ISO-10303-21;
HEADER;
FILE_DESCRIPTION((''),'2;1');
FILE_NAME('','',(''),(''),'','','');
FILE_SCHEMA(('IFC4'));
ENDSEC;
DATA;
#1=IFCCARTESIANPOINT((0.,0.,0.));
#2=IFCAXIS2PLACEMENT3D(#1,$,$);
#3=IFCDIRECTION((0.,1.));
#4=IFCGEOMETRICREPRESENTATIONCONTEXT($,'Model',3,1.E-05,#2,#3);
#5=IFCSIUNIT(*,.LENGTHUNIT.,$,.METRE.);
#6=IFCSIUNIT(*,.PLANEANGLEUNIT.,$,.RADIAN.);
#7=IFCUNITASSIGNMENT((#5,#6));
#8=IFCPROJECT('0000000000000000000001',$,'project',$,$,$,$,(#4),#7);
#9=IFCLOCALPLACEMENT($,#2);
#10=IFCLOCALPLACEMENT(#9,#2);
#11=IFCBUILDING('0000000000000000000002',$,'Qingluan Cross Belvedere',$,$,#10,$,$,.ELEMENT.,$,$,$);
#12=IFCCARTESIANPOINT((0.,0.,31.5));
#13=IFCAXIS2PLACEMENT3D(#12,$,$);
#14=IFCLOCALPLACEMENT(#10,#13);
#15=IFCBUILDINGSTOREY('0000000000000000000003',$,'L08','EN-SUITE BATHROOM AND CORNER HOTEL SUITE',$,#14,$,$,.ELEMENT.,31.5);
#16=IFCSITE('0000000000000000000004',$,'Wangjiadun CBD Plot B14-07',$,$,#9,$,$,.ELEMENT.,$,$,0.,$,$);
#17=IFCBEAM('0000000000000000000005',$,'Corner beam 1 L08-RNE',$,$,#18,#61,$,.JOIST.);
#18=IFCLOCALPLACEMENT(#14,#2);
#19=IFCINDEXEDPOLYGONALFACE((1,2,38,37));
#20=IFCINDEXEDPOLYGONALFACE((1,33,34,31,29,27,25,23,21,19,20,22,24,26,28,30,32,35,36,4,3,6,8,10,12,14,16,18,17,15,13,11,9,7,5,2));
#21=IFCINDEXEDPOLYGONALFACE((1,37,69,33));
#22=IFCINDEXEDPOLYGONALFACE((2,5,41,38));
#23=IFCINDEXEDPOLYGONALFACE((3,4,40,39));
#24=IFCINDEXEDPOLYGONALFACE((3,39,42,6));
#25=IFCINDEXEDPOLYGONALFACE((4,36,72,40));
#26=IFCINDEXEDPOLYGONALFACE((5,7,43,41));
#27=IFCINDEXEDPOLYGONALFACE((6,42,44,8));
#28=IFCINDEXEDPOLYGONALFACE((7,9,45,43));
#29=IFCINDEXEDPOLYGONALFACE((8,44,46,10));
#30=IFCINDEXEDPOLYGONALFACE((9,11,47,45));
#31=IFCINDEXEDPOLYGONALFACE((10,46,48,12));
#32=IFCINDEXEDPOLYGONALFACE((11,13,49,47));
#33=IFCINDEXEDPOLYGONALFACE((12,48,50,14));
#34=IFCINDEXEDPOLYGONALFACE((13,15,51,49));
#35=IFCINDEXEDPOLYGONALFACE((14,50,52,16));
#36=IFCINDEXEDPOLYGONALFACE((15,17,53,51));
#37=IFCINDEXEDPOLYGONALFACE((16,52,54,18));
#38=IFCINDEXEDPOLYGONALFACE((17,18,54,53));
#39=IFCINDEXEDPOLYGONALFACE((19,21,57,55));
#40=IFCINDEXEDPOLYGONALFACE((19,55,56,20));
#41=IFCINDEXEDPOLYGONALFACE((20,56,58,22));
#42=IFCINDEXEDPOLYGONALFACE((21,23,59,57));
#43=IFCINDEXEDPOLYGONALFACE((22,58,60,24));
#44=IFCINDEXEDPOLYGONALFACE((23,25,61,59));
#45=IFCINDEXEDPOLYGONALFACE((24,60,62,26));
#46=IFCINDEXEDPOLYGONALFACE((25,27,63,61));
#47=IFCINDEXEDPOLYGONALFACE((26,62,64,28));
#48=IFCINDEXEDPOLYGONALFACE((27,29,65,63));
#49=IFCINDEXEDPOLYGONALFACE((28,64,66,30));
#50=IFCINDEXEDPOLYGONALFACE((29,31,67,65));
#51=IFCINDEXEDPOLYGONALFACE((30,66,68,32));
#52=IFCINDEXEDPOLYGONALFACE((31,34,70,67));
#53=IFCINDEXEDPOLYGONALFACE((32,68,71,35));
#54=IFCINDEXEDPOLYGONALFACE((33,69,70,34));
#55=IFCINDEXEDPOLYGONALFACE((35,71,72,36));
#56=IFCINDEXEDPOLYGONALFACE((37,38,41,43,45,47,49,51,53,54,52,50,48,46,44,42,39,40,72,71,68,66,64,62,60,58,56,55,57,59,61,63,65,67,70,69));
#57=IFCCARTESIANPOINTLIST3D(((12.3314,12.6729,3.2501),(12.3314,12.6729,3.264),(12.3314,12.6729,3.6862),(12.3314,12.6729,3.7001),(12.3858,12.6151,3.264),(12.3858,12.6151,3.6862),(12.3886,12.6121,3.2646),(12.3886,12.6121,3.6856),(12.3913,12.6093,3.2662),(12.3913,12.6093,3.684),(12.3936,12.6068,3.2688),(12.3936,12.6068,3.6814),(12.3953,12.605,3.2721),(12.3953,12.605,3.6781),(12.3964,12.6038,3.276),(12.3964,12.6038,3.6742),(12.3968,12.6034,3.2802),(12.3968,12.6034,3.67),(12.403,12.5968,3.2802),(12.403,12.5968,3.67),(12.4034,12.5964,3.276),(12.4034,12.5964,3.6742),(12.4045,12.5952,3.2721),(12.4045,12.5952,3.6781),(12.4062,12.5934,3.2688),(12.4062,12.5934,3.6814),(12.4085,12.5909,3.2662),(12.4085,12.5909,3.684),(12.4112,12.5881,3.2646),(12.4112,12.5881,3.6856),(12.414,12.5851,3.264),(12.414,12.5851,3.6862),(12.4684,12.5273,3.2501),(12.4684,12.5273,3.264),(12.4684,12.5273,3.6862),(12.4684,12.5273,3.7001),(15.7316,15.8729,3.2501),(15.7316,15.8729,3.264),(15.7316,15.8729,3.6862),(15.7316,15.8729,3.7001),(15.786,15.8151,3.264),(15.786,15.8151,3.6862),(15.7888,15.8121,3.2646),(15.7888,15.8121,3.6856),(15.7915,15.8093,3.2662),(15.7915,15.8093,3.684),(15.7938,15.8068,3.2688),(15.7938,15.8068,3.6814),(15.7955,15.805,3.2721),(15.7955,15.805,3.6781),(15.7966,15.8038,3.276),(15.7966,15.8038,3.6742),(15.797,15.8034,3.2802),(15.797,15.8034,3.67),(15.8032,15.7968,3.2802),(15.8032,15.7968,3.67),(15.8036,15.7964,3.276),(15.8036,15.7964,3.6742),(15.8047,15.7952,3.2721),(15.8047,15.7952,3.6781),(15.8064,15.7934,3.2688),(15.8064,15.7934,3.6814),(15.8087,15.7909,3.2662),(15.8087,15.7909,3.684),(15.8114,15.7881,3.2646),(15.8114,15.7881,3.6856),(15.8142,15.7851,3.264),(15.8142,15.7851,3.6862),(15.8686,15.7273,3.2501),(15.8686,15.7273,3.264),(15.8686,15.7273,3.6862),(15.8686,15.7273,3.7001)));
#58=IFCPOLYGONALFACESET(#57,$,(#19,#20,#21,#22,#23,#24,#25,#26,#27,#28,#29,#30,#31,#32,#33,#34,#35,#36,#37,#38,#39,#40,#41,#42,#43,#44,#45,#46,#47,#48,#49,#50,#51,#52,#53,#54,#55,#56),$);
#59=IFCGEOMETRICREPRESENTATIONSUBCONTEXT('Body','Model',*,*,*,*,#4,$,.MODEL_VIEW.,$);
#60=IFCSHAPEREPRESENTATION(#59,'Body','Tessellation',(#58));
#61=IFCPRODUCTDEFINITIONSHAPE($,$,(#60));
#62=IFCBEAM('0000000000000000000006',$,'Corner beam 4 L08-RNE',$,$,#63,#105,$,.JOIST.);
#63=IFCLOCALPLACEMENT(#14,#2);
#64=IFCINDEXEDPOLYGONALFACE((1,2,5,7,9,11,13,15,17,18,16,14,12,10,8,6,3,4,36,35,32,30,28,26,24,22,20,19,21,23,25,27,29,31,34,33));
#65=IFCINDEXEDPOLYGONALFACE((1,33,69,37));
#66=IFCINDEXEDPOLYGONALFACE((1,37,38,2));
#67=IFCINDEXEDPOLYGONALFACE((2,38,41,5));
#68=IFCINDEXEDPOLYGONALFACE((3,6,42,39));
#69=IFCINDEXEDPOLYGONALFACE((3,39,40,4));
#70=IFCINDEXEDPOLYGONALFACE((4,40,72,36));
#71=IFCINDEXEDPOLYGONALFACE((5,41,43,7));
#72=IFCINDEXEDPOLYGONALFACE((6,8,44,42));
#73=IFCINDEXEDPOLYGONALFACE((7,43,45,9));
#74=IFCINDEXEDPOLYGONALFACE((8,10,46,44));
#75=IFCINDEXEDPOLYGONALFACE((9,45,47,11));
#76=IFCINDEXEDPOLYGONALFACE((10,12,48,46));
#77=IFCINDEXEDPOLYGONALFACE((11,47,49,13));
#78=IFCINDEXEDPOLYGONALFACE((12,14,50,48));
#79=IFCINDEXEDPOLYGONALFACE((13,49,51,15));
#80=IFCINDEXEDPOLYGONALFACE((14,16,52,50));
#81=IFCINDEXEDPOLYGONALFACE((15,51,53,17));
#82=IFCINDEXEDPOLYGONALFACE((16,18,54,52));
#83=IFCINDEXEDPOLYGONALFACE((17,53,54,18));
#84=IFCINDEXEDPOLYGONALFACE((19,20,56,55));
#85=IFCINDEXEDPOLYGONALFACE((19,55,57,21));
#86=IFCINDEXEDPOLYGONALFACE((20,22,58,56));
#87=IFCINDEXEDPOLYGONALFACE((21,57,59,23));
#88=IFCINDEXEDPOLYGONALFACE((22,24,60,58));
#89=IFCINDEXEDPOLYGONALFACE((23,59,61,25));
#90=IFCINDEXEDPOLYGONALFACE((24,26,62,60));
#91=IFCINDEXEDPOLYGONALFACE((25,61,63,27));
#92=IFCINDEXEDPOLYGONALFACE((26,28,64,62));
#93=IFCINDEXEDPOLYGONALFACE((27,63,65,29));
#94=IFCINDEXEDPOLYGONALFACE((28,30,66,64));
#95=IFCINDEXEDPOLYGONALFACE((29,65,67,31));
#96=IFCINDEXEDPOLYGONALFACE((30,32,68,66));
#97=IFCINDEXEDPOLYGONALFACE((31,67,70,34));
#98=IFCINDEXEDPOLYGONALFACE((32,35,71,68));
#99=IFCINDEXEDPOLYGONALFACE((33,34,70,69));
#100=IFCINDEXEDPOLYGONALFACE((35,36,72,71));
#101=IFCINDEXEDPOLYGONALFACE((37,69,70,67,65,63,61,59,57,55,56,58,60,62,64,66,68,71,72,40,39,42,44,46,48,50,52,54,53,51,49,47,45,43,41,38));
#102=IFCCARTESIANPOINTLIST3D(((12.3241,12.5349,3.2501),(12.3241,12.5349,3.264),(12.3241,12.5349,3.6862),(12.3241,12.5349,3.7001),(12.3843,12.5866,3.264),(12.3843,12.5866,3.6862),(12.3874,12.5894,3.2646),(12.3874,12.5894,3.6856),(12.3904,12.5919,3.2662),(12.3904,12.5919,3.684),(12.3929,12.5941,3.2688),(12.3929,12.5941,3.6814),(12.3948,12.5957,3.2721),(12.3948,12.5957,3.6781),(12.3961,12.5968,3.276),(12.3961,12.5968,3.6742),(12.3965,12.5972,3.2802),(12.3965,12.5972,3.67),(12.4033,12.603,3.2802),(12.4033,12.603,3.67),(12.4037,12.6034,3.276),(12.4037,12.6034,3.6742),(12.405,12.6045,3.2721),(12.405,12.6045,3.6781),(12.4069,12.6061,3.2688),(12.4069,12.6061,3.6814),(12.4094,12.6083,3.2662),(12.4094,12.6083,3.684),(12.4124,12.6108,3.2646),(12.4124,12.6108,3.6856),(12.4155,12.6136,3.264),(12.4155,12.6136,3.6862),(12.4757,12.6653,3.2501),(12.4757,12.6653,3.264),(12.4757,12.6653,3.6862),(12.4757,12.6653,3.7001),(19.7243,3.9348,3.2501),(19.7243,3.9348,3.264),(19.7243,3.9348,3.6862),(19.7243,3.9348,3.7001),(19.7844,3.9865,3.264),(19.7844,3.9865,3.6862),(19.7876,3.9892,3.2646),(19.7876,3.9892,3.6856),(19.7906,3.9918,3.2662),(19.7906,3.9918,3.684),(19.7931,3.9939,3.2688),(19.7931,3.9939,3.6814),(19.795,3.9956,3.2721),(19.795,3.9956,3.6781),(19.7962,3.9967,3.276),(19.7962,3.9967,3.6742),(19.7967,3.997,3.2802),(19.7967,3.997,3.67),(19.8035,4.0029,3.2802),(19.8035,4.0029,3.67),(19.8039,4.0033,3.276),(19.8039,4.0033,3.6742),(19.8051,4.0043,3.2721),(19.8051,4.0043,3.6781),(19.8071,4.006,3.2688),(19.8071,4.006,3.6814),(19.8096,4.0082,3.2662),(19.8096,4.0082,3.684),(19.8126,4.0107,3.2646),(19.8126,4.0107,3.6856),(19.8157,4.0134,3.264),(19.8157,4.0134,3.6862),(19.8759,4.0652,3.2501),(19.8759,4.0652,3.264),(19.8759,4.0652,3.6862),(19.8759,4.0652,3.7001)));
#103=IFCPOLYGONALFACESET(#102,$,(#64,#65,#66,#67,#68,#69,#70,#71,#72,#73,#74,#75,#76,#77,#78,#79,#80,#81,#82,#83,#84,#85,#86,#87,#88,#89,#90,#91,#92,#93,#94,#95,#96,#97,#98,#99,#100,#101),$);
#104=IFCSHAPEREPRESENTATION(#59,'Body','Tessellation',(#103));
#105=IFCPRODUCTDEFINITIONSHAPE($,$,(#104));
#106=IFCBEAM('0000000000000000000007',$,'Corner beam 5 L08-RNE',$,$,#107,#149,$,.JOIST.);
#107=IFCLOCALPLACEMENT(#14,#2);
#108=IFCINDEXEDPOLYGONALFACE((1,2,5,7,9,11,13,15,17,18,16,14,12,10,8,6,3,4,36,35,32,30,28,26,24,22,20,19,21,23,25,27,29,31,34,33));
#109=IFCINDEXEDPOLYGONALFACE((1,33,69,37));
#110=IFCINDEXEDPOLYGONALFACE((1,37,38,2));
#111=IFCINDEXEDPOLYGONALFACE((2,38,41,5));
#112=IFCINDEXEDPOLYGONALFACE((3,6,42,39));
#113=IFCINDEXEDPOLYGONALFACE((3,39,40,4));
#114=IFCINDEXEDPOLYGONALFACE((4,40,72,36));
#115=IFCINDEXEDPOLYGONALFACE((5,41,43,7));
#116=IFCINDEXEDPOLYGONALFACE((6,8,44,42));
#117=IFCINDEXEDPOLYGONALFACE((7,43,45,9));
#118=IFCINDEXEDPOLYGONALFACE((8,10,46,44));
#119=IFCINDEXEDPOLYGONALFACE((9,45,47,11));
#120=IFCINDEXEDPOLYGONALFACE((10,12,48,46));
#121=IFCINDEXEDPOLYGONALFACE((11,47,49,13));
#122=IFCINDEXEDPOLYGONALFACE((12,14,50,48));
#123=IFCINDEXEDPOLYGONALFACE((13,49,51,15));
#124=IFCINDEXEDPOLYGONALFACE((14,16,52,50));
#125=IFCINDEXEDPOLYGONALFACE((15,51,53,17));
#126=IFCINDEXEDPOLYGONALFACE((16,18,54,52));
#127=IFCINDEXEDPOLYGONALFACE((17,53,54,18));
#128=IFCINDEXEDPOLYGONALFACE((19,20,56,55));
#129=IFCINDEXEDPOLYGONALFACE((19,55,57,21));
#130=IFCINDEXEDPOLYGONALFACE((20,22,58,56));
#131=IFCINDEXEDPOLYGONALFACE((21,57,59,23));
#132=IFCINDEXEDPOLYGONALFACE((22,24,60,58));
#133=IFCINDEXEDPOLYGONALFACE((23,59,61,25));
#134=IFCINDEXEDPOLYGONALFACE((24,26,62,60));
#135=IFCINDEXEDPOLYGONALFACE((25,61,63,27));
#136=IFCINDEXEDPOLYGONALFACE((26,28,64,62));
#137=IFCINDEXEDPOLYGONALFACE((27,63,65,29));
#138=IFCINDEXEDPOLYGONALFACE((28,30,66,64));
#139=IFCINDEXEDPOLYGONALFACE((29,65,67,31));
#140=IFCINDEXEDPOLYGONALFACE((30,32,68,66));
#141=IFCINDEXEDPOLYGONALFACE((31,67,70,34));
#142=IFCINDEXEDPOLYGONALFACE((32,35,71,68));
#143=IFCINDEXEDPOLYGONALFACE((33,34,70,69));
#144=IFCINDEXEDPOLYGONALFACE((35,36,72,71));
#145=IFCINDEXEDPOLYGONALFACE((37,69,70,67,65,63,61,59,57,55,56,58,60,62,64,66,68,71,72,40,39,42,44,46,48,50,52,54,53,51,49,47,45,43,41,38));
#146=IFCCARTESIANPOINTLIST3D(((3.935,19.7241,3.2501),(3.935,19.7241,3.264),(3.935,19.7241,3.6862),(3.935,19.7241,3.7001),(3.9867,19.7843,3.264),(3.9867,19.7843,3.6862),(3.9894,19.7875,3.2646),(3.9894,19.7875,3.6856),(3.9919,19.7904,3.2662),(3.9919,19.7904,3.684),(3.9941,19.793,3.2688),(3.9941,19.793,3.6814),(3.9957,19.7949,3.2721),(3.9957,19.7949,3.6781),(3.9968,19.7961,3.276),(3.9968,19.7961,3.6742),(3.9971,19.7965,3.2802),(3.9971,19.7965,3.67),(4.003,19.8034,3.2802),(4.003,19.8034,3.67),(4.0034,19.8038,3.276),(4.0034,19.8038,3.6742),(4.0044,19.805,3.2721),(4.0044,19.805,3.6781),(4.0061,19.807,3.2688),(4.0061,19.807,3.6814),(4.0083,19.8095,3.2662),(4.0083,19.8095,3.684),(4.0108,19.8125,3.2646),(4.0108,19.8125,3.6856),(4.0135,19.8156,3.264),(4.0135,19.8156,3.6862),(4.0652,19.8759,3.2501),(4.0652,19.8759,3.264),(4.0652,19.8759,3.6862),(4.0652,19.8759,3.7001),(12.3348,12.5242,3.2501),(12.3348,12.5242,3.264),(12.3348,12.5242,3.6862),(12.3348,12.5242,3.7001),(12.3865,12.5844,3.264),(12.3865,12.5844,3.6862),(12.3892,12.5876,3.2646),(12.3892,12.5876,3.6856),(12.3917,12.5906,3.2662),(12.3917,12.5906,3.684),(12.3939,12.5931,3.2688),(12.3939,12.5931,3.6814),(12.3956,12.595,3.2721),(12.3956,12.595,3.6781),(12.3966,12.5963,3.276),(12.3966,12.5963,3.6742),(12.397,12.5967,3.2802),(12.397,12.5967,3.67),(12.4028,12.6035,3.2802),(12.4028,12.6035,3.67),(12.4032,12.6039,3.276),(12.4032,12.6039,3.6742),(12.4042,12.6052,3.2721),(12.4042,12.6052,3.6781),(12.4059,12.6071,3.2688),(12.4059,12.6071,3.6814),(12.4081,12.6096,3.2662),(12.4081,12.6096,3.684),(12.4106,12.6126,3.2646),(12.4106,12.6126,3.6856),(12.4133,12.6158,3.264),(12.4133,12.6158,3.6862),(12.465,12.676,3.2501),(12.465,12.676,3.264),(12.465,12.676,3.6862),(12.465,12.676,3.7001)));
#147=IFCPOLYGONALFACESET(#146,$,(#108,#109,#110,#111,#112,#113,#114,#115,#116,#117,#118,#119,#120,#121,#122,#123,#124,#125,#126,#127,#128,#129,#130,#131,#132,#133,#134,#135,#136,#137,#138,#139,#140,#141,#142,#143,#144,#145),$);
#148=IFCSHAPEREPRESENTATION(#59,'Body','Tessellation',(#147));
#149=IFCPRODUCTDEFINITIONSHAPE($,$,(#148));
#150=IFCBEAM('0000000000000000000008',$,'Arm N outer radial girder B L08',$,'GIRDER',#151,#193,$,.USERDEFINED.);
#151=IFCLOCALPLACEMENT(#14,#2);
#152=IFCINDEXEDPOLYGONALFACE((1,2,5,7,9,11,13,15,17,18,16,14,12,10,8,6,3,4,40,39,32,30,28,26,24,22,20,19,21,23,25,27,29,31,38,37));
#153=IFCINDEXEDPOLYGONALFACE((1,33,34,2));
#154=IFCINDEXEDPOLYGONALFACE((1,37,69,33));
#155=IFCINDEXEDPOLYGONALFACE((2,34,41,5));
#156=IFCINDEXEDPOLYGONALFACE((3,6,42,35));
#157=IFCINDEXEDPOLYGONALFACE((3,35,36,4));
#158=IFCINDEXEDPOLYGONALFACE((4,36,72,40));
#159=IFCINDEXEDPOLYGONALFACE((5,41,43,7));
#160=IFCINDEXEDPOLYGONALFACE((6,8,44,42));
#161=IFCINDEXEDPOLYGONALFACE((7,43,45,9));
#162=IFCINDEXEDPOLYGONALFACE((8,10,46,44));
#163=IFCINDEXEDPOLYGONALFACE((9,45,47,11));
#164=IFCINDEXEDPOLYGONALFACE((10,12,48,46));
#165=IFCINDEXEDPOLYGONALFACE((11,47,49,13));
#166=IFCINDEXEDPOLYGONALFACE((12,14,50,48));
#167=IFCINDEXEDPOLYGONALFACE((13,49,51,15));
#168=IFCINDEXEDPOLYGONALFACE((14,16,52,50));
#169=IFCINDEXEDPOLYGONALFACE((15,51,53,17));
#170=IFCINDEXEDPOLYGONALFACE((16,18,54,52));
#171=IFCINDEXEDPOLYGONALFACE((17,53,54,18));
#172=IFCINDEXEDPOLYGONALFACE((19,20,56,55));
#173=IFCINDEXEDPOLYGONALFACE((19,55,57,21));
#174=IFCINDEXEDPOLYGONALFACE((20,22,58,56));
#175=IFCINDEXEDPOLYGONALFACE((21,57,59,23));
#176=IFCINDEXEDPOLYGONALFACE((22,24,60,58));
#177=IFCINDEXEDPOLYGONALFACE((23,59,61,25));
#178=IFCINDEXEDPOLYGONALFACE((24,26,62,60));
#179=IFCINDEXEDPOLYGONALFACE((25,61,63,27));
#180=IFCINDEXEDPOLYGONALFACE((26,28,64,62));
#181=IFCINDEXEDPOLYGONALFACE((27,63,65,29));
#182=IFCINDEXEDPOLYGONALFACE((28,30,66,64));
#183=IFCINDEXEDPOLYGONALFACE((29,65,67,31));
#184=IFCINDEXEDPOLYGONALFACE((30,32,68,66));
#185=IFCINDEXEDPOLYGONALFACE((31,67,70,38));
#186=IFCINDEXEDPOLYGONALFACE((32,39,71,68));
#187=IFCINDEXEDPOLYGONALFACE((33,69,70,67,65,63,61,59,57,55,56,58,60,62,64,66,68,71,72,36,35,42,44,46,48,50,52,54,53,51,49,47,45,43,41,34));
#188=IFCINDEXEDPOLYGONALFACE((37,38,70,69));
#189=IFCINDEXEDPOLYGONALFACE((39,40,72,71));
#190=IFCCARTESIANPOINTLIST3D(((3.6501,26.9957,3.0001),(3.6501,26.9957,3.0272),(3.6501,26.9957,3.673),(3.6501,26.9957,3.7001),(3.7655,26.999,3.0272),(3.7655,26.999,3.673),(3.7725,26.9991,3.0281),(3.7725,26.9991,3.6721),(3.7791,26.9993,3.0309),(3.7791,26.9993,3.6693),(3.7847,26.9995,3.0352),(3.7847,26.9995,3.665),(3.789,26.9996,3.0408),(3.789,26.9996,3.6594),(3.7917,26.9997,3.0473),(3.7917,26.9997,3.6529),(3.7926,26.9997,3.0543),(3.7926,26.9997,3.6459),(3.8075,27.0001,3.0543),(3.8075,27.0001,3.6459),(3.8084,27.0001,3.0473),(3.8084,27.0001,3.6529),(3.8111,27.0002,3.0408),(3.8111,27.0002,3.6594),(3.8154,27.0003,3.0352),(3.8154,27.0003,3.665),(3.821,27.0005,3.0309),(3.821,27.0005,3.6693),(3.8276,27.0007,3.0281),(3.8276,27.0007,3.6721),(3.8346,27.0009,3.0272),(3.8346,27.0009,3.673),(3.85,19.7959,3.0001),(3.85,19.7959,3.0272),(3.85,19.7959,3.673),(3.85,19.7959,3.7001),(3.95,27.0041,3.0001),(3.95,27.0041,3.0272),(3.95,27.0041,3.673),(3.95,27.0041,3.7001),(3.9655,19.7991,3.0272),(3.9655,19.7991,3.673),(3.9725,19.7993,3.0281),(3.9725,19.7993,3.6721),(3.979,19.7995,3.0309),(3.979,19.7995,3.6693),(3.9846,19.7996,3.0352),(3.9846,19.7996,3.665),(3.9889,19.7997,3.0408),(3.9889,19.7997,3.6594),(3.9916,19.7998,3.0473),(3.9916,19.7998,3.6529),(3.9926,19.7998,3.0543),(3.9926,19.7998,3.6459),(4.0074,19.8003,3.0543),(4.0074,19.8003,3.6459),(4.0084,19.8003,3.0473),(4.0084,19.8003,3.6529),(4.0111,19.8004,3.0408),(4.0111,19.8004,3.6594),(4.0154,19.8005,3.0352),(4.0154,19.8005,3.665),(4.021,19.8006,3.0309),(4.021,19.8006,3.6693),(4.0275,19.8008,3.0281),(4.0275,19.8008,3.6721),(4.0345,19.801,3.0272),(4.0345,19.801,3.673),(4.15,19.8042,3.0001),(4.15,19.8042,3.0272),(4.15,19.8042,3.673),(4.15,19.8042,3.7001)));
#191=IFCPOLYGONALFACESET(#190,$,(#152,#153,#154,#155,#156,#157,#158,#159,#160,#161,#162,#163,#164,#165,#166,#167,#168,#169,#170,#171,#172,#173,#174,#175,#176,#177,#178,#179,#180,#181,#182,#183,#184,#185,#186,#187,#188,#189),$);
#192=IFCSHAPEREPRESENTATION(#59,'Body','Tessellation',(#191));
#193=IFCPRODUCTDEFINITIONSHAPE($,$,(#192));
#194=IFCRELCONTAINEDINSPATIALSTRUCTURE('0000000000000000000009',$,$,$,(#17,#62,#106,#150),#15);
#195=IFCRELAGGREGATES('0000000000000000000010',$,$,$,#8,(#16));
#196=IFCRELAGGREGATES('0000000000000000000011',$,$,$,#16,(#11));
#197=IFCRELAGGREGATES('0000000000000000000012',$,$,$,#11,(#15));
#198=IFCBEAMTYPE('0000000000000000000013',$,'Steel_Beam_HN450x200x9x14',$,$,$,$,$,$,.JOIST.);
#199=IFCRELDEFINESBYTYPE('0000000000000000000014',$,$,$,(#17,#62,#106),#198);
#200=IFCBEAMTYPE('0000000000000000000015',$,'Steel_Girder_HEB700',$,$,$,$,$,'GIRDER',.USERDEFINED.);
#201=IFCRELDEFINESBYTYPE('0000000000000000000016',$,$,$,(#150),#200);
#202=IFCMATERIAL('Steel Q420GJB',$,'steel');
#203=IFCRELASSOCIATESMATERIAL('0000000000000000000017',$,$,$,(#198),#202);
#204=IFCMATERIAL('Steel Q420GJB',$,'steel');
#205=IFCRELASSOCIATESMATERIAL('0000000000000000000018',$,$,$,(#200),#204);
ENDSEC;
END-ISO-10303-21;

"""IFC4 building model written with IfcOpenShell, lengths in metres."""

from ifc_helpers import new_model, si_unit, direction, frame, origin, origin_2d, place, context, subcontext, project, spatial, i_section, extrude, material, material_profile, profile_set, type_object, element, save


model = new_model("IFC4")

# Units and contexts
model_context = context("Model", 3, precision=1e-05, world=origin(), true_north=direction((0.0, 1.0)))
body_context = subcontext(model_context, "Body", "Model", "MODEL_VIEW")
ifc_project = project(units=[si_unit("LENGTHUNIT", "METRE"), si_unit("PLANEANGLEUNIT", "RADIAN")], contexts=[model_context])

# Site, building, storey
site_placement = place(None, origin())
site = spatial("IfcSite", under=ifc_project, at=site_placement, Name="Wangjiadun CBD Plot B14-07", CompositionType="ELEMENT", RefElevation=0.0)
building_placement = place(site_placement, origin())
building = spatial("IfcBuilding", under=site, at=building_placement, Name="Qingluan Cross Belvedere", CompositionType="ELEMENT")
storey_placement = place(building_placement, frame((0.0, 0.0, 31.5)))
storey = spatial("IfcBuildingStorey", under=building, at=storey_placement, Name="L08", Description="EN-SUITE BATHROOM AND CORNER HOTEL SUITE", CompositionType="ELEMENT", Elevation=31.5)

# Beams
ifc_material_1 = material(Name="Steel Q420GJB", Category="steel")
ifc_material_profile_1 = material_profile(ifc_material_1, i_section(OverallWidth=0.2, OverallDepth=0.45, WebThickness=0.009, FlangeThickness=0.0139, FilletRadius=0.0161, at=origin_2d()), Name="HN450x200x9x14")
ifc_profile_set_1 = profile_set([ifc_material_profile_1], Name="Steel Q420GJB")
beam_type_1 = type_object("IfcBeamType", Name="Steel_Beam_HN450x200x9x14", PredefinedType="JOIST", material=ifc_profile_set_1)
beam_1_placement = place(storey_placement, frame((12.3999, 12.6001, 3.4751), z_axis=(0.72822, 0.685343, 0.0), x_axis=(-0.685343, 0.72822, 0.0)))
element("IfcBeam", 1, at=beam_1_placement, inside=storey, type_object=beam_type_1, Name="Corner beam 1 L08-RNE", PredefinedType="JOIST", context=body_context, shape_type="SweptSolid", body=[
    extrude(i_section(OverallWidth=0.2, OverallDepth=0.45, WebThickness=0.009, FlangeThickness=0.0139, FilletRadius=0.0161, at=origin_2d()), origin(), (0.0, 0.0, 1.0), 4.6692),
])
beam_2_placement = place(storey_placement, frame((12.3999, 12.6001, 3.4751), z_axis=(0.652245, -0.758008, 0.0), x_axis=(0.758008, 0.652245, 0.0)))
element("IfcBeam", 2, at=beam_2_placement, inside=storey, type_object=beam_type_1, Name="Corner beam 4 L08-RNE", PredefinedType="JOIST", context=body_context, shape_type="SweptSolid", body=[
    extrude(i_section(OverallWidth=0.2, OverallDepth=0.45, WebThickness=0.009, FlangeThickness=0.0139, FilletRadius=0.0161, at=origin_2d()), origin(), (0.0, 0.0, 1.0), 11.3457),
])
beam_3_placement = place(storey_placement, frame((12.3999, 12.6001, 3.4751), z_axis=(-0.759255, 0.650793, 0.0), x_axis=(-0.650793, -0.759255, 0.0)))
element("IfcBeam", 3, at=beam_3_placement, inside=storey, type_object=beam_type_1, Name="Corner beam 5 L08-RNE", PredefinedType="JOIST", context=body_context, shape_type="SweptSolid", body=[
    extrude(i_section(OverallWidth=0.2, OverallDepth=0.45, WebThickness=0.009, FlangeThickness=0.0139, FilletRadius=0.0161, at=origin_2d()), origin(), (0.0, 0.0, 1.0), 11.0632),
])
ifc_material_2 = material(Name="Steel Q420GJB", Category="steel")
ifc_material_profile_2 = material_profile(ifc_material_2, i_section(OverallWidth=0.3, OverallDepth=0.7, WebThickness=0.0149, FlangeThickness=0.0271, FilletRadius=0.0271, at=origin_2d()), Name="HEB700")
ifc_profile_set_2 = profile_set([ifc_material_profile_2], Name="Steel Q420GJB")
beam_type_2 = type_object("IfcBeamType", Name="Steel_Girder_HEB700", ElementType="GIRDER", PredefinedType="USERDEFINED", material=ifc_profile_set_2)
beam_4_placement = place(storey_placement, frame((4.0, 19.8, 3.3501), z_axis=(-0.02776, 0.999615, 0.0), x_axis=(-0.999615, -0.02776, 0.0)))
element("IfcBeam", 4, at=beam_4_placement, inside=storey, type_object=beam_type_2, Name="Arm N outer radial girder B L08", ObjectType="GIRDER", PredefinedType="USERDEFINED", context=body_context, shape_type="SweptSolid", body=[
    extrude(i_section(OverallWidth=0.3, OverallDepth=0.7, WebThickness=0.0149, FlangeThickness=0.0271, FilletRadius=0.0271, at=origin_2d()), origin(), (0.0, 0.0, 1.0), 7.2026),
])

save(model, "model.ifc")
